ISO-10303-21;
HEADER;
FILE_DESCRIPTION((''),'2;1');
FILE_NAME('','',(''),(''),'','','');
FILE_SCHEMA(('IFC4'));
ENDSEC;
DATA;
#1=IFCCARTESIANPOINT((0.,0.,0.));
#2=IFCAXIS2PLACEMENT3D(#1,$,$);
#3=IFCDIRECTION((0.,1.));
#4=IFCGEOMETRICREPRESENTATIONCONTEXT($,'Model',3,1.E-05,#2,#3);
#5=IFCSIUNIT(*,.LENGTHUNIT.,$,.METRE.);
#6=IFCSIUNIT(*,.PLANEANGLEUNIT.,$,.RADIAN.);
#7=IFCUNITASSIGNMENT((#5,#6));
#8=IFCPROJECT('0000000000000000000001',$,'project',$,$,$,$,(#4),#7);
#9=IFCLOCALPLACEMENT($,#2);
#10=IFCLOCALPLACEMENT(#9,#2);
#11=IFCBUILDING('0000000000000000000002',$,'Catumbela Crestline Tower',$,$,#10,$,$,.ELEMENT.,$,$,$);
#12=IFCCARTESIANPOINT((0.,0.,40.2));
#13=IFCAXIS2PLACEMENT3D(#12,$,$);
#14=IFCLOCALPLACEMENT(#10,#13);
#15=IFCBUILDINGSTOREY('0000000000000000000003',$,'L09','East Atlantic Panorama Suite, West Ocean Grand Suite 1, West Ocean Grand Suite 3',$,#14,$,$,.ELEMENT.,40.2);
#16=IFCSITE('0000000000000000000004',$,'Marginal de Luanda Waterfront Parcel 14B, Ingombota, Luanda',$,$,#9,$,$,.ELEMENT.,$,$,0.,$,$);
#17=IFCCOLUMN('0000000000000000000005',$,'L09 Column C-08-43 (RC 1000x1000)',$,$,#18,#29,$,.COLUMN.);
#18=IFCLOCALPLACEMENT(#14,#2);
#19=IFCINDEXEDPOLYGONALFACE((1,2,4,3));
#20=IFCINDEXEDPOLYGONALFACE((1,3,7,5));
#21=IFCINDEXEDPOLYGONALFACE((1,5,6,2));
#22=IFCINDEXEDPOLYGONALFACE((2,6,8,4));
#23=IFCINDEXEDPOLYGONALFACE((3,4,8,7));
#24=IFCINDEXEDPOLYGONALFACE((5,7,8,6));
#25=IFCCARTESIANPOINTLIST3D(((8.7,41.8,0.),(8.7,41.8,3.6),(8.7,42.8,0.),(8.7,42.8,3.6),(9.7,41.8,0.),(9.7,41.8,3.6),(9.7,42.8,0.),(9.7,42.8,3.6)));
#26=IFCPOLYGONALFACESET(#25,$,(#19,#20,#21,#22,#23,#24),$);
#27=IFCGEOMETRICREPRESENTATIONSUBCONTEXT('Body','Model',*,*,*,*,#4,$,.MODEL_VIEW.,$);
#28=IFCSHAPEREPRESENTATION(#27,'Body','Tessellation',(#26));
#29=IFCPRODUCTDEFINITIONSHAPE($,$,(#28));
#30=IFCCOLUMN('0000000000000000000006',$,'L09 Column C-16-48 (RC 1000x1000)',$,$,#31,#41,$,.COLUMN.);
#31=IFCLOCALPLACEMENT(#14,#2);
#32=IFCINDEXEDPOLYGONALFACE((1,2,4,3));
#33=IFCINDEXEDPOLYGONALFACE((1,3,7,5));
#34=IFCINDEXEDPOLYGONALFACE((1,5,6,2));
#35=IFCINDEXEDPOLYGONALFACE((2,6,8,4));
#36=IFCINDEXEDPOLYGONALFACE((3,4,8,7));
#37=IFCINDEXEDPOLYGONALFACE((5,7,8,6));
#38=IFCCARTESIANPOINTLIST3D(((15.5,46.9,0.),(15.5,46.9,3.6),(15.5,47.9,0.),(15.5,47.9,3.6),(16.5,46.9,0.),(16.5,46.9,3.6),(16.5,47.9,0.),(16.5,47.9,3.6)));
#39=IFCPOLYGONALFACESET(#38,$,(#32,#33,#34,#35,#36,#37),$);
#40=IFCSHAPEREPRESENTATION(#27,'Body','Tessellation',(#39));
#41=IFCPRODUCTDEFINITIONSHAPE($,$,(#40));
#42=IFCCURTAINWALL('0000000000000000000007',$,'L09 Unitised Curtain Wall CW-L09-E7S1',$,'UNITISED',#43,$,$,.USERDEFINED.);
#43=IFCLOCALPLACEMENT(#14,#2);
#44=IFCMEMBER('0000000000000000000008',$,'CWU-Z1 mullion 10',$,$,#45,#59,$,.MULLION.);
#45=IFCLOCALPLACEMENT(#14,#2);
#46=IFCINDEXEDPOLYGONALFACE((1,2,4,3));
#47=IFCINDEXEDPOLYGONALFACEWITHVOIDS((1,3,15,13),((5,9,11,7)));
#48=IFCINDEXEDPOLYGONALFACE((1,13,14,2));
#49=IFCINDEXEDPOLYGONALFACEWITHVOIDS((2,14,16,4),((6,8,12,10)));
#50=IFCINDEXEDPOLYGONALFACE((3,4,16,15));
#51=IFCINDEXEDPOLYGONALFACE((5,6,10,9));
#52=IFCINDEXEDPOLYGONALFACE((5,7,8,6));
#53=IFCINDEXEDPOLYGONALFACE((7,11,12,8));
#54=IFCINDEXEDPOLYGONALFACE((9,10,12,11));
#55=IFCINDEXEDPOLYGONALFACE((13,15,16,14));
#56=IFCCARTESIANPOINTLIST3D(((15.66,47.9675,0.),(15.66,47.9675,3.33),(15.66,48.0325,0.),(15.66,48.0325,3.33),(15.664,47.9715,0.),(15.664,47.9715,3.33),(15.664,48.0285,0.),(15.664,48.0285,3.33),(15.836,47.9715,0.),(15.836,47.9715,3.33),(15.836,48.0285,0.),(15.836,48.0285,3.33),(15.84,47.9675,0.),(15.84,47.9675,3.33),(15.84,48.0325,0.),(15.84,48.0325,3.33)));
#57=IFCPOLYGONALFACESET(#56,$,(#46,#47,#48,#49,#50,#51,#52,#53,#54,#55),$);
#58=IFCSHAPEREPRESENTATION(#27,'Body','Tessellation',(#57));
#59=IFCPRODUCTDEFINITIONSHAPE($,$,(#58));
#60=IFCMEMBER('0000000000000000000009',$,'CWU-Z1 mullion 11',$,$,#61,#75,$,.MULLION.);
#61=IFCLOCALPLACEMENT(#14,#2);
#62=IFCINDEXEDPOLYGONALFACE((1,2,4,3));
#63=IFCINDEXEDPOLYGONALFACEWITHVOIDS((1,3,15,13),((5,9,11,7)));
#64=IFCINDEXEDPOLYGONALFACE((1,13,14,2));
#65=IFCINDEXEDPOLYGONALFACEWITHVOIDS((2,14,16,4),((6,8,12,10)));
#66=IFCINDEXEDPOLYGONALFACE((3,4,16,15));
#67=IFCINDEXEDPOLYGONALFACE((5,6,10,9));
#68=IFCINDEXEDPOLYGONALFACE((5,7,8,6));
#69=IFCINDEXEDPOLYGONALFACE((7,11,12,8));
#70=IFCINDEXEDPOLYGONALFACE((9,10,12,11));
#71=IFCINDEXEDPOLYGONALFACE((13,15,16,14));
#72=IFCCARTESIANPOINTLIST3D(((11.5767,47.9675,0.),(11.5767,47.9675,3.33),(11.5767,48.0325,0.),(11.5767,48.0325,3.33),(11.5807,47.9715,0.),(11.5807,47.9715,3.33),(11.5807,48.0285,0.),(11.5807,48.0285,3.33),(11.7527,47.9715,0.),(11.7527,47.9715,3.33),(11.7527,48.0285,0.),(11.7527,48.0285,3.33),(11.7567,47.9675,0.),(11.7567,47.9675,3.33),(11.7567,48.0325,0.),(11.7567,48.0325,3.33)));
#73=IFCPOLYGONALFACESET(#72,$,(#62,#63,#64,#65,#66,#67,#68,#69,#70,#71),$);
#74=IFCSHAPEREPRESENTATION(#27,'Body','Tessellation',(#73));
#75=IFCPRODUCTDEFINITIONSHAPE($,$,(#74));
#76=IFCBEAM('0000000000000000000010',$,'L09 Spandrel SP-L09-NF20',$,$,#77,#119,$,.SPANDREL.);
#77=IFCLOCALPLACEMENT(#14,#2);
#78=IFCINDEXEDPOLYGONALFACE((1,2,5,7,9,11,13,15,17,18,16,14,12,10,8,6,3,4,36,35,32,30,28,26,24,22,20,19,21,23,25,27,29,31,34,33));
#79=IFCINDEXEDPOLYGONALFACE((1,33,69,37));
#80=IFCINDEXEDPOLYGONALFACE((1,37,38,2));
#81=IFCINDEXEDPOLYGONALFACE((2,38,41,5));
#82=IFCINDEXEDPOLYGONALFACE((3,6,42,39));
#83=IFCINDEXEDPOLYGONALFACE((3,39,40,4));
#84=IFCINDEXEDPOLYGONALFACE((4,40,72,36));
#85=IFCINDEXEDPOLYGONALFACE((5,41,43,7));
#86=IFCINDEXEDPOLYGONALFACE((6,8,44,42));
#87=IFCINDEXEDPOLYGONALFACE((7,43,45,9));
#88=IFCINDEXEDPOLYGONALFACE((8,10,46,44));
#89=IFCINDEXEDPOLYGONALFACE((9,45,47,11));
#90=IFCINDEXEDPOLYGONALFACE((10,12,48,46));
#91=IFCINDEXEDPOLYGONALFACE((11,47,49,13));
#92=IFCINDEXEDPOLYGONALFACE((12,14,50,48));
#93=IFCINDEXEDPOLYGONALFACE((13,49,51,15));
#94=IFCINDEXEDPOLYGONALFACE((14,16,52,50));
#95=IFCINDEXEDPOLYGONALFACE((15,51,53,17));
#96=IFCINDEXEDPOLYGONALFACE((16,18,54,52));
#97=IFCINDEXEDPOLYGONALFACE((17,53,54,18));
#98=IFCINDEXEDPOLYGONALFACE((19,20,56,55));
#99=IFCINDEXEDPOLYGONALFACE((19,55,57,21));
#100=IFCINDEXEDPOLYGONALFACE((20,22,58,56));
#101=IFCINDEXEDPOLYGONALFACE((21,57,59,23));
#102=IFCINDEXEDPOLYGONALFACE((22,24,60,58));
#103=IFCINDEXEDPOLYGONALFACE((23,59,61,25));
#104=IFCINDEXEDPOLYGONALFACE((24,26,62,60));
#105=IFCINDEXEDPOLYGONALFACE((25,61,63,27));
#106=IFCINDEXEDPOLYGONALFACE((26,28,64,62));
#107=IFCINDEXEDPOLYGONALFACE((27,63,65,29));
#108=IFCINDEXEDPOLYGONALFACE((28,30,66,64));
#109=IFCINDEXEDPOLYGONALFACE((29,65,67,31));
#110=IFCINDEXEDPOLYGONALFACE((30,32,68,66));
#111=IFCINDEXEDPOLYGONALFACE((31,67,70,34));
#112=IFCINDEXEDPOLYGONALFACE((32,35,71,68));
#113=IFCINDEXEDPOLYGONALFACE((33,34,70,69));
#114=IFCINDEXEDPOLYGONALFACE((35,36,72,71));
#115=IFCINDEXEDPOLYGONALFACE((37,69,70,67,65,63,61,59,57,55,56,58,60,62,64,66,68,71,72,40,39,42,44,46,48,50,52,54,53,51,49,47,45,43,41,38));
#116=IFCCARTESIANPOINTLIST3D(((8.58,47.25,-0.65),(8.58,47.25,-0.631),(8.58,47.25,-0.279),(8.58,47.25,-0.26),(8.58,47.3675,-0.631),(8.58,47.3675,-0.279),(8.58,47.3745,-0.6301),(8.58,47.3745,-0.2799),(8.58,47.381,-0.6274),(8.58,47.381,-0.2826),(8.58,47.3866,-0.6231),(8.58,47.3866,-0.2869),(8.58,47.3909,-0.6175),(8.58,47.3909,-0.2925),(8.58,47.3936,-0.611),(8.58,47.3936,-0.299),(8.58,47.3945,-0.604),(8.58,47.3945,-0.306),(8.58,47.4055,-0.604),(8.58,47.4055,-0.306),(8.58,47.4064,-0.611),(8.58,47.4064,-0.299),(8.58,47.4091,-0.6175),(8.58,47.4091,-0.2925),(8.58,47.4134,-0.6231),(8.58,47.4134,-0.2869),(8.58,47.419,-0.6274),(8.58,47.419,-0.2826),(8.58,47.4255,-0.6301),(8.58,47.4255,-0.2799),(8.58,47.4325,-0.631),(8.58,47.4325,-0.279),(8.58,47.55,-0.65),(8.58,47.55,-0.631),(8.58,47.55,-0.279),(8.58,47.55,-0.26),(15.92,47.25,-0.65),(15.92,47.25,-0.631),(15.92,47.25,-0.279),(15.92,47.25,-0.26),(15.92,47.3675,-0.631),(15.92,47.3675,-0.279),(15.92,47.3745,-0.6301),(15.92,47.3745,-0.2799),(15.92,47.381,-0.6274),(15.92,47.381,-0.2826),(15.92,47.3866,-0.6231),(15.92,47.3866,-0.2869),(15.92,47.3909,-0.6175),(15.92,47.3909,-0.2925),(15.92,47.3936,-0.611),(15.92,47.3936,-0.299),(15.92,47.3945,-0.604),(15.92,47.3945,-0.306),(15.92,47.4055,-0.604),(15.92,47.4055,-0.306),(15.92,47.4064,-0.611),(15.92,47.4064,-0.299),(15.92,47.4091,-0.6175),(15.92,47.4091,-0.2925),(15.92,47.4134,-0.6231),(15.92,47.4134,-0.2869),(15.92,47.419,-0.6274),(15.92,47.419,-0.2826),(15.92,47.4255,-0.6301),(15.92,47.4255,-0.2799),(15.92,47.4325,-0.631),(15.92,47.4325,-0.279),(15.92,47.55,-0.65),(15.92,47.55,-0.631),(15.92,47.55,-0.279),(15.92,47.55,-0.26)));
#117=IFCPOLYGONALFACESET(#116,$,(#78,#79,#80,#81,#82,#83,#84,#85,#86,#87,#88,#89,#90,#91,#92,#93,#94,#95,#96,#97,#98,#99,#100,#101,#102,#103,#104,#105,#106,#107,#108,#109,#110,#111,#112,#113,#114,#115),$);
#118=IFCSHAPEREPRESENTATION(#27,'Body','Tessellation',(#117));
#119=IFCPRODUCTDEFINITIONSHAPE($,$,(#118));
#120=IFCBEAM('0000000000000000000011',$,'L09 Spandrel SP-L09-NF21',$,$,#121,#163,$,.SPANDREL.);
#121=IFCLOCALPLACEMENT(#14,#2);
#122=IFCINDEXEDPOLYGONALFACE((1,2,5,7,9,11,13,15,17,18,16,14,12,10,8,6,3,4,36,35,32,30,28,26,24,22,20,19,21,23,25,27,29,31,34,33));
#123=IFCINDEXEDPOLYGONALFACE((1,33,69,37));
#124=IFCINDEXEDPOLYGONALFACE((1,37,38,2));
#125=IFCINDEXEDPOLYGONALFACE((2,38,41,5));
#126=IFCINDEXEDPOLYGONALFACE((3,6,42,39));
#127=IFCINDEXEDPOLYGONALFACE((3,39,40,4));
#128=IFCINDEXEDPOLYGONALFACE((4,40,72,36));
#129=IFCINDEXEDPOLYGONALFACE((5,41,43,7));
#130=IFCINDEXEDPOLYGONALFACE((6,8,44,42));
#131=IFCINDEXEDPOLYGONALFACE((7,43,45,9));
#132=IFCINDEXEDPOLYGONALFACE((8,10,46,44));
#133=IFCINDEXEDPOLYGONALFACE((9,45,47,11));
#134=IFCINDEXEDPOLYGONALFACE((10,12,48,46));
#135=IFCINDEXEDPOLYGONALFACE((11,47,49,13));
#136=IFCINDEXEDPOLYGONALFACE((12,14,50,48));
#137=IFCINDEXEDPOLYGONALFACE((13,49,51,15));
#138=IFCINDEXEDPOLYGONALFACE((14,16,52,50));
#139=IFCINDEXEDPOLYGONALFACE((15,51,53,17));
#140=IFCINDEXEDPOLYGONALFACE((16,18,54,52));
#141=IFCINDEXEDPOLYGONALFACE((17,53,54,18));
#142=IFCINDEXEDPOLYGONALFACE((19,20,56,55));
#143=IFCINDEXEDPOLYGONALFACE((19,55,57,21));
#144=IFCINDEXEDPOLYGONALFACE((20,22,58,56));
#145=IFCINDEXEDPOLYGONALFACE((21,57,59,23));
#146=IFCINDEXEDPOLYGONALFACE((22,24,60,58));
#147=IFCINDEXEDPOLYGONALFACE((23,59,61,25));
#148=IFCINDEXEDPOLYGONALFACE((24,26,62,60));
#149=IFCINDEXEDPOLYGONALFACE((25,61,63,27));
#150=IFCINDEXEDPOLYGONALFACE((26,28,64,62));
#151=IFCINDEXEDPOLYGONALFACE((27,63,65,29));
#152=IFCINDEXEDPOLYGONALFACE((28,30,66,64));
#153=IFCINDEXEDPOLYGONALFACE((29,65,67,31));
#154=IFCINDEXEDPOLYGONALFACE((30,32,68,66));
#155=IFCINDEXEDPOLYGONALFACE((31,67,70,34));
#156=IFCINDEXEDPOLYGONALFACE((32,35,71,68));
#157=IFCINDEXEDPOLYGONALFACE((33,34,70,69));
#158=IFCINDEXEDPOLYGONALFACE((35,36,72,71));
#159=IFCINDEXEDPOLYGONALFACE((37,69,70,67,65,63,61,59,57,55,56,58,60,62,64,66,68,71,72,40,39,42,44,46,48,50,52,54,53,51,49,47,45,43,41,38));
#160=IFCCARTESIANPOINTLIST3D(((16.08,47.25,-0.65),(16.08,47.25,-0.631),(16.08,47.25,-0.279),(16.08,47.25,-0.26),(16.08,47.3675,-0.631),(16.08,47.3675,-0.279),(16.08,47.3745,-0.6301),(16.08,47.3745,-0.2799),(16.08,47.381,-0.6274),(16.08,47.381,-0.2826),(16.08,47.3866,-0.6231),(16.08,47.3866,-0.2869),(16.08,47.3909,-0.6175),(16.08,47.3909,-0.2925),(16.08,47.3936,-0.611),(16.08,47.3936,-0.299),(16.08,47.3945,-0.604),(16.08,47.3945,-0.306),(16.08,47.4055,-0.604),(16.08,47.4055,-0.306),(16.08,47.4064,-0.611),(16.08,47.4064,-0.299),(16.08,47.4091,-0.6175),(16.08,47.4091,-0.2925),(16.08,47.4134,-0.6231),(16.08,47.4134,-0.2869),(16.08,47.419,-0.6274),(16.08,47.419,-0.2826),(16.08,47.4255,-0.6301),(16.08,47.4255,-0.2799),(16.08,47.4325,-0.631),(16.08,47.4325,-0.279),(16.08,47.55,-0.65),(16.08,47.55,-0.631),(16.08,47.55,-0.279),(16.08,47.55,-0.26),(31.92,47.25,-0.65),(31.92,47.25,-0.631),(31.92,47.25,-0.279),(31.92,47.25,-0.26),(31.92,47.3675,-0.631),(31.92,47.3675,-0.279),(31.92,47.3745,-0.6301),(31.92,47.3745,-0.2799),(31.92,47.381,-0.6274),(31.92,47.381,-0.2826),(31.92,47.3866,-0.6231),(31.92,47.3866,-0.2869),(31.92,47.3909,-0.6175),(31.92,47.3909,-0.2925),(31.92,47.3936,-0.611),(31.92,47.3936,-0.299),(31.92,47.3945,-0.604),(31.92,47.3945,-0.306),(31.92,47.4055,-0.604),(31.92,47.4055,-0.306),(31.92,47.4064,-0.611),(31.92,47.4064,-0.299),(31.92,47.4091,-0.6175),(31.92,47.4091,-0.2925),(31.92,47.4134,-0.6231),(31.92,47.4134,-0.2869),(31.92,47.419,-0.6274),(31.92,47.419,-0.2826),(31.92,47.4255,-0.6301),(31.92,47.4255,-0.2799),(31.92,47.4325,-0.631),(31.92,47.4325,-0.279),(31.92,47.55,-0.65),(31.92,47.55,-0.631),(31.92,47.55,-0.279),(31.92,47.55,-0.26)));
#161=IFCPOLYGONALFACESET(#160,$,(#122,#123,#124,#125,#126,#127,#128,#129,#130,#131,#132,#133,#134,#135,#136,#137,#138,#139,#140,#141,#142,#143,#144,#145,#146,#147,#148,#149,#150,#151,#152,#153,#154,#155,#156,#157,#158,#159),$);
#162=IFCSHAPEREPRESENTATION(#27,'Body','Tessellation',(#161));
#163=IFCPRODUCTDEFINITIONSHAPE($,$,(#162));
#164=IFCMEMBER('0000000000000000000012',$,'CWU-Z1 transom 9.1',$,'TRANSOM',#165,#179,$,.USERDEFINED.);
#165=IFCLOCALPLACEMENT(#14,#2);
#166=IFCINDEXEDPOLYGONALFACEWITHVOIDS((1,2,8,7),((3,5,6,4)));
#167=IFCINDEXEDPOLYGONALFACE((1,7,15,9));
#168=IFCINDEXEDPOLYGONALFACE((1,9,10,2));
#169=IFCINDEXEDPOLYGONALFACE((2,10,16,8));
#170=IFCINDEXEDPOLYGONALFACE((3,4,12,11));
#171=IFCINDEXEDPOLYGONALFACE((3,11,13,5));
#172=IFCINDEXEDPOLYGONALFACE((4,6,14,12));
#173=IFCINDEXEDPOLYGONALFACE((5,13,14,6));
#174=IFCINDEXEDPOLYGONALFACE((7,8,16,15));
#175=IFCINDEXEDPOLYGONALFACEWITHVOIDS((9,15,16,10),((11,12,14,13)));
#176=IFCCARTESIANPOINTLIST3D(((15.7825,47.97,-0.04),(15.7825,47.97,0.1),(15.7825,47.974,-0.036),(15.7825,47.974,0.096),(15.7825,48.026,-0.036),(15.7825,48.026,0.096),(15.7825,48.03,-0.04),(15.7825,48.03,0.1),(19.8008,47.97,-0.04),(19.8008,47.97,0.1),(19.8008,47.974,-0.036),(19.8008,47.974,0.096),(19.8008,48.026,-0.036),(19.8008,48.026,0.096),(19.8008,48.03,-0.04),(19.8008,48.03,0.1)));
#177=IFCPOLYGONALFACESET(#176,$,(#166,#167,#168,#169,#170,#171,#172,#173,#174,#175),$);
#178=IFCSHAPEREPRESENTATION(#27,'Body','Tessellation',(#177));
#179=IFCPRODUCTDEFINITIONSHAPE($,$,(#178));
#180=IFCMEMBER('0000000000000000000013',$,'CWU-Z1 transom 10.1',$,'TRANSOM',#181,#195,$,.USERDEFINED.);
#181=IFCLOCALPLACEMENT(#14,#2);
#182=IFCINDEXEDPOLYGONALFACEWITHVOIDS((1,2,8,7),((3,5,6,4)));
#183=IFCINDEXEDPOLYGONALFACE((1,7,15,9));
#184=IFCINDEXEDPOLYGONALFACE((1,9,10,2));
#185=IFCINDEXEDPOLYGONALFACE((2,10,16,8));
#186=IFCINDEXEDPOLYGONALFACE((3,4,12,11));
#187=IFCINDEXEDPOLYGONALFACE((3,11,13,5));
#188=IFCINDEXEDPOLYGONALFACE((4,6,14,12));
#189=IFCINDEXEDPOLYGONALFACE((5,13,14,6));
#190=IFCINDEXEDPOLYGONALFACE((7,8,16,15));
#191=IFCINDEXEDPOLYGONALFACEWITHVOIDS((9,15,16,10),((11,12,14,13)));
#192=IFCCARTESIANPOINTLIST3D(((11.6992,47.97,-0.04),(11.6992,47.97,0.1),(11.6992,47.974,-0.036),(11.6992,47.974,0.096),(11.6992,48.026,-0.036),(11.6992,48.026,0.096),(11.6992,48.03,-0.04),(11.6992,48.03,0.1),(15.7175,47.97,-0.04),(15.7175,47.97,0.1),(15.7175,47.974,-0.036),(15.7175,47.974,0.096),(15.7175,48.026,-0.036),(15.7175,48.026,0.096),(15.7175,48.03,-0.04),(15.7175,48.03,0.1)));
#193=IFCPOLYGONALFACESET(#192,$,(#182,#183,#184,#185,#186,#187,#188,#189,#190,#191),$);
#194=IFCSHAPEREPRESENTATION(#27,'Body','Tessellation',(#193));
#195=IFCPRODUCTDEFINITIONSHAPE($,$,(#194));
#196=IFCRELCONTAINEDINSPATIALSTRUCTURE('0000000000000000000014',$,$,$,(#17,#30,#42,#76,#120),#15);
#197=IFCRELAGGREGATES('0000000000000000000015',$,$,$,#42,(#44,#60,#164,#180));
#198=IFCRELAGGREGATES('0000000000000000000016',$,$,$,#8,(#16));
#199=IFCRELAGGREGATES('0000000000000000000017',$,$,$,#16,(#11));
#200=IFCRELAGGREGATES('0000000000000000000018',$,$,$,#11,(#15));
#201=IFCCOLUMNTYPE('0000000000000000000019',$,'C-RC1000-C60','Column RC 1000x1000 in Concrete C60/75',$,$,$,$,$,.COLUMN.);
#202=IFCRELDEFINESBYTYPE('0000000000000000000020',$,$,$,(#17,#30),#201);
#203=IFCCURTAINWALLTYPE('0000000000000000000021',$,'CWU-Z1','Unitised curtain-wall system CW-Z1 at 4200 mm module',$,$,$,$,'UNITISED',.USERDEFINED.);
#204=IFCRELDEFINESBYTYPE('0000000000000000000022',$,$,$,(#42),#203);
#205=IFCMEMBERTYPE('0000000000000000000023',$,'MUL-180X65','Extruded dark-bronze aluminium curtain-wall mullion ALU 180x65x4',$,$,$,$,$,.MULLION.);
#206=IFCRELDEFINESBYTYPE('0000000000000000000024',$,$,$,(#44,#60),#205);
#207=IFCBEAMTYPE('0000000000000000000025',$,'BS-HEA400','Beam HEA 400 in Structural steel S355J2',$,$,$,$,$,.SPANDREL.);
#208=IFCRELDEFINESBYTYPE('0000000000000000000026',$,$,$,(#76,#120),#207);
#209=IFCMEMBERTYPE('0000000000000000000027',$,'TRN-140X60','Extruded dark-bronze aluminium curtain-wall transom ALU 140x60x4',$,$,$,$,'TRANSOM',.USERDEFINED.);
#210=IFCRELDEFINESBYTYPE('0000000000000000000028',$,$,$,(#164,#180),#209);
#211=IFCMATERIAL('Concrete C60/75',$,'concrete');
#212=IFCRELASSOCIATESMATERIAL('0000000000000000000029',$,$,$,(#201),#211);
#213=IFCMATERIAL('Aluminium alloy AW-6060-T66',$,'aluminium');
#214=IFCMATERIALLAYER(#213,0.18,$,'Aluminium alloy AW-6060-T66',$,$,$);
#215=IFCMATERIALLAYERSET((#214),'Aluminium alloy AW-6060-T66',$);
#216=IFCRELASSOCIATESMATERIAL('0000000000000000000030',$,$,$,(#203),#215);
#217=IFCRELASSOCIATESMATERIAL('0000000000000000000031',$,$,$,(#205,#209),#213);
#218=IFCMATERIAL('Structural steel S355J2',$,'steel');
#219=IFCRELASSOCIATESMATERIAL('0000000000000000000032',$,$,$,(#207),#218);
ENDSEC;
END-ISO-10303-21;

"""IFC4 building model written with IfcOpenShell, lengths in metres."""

from ifc_helpers import new_model, si_unit, direction, frame, origin, origin_2d, place, context, subcontext, project, spatial, rectangle, hollow_rectangle, i_section, extrude, material, layer, layer_set, material_profile, profile_set, type_object, element, aggregate, save


model = new_model("IFC4")

# Units and contexts
model_context = context("Model", 3, precision=1e-05, world=origin(), true_north=direction((0.0, 1.0)))
body_context = subcontext(model_context, "Body", "Model", "MODEL_VIEW")
ifc_project = project(units=[si_unit("LENGTHUNIT", "METRE"), si_unit("PLANEANGLEUNIT", "RADIAN")], contexts=[model_context])

# Site, building, storey
site_placement = place(None, origin())
site = spatial("IfcSite", under=ifc_project, at=site_placement, Name="Marginal de Luanda Waterfront Parcel 14B, Ingombota, Luanda", CompositionType="ELEMENT", RefElevation=0.0)
building_placement = place(site_placement, origin())
building = spatial("IfcBuilding", under=site, at=building_placement, Name="Catumbela Crestline Tower", CompositionType="ELEMENT")
storey_placement = place(building_placement, frame((0.0, 0.0, 40.2)))
storey = spatial("IfcBuildingStorey", under=building, at=storey_placement, Name="L09", Description="East Atlantic Panorama Suite, West Ocean Grand Suite 1, West Ocean Grand Suite 3", CompositionType="ELEMENT", Elevation=40.2)

# Columns
ifc_material_1 = material(Name="Concrete C60/75", Category="concrete")
ifc_material_profile_1 = material_profile(ifc_material_1, rectangle(XDim=1.0, YDim=1.0, at=origin_2d()), Name="RC 1000x1000")
ifc_profile_set_1 = profile_set([ifc_material_profile_1], Name="Concrete C60/75")
column_type = type_object("IfcColumnType", Name="C-RC1000-C60", Description="Column RC 1000x1000 in Concrete C60/75", PredefinedType="COLUMN", material=ifc_profile_set_1)
for number, where, z_axis, x_axis, name in (
    (1, (9.2, 42.3, 0.0), (0.0, 0.0, 1.0), (1.0, 0.0, 0.0), "L09 Column C-08-43 (RC 1000x1000)"),
    (2, (16.0, 47.4, 0.0), (0.0, 0.0, 1.0), (1.0, 0.0, 0.0), "L09 Column C-16-48 (RC 1000x1000)"),
):
    element("IfcColumn", number, at=place(storey_placement, frame(where, z_axis=z_axis, x_axis=x_axis)), inside=storey, type_object=column_type, Name=name, PredefinedType="COLUMN", context=body_context, shape_type="SweptSolid", body=[
        extrude(rectangle(XDim=1.0, YDim=1.0, at=origin_2d()), origin(), (0.0, 0.0, 1.0), 3.6),
    ])

# Curtain wall, members
ifc_material_2 = material(Name="Aluminium alloy AW-6060-T66", Category="aluminium")
ifc_layer_1 = layer(ifc_material_2, 0.18, Name="Aluminium alloy AW-6060-T66")
ifc_layer_set_1 = layer_set([ifc_layer_1], Name="Aluminium alloy AW-6060-T66")
curtain_wall_type = type_object("IfcCurtainWallType", Name="CWU-Z1", Description="Unitised curtain-wall system CW-Z1 at 4200 mm module", ElementType="UNITISED", PredefinedType="USERDEFINED", material=ifc_layer_set_1)
curtain_wall_placement = place(storey_placement, origin())
curtain_wall = element("IfcCurtainWall", 3, at=curtain_wall_placement, inside=storey, type_object=curtain_wall_type, Name="L09 Unitised Curtain Wall CW-L09-E7S1", ObjectType="UNITISED", PredefinedType="USERDEFINED")
ifc_material_profile_2 = material_profile(ifc_material_2, hollow_rectangle(XDim=0.065, YDim=0.18, WallThickness=0.004, at=origin_2d()), Name="ALU 180x65x4")
ifc_profile_set_2 = profile_set([ifc_material_profile_2], Name="Aluminium alloy AW-6060-T66")
member_type_1 = type_object("IfcMemberType", Name="MUL-180X65", Description="Extruded dark-bronze aluminium curtain-wall mullion ALU 180x65x4", PredefinedType="MULLION", material=ifc_profile_set_2)
member_1_placement = place(storey_placement, frame((15.75, 48.0, 0.0), z_axis=(0.0, 0.0, 1.0), x_axis=(0.0, -1.0, 0.0)))
member_1 = element("IfcMember", 4, at=member_1_placement, type_object=member_type_1, Name="CWU-Z1 mullion 10", PredefinedType="MULLION", context=body_context, shape_type="SweptSolid", body=[
    extrude(hollow_rectangle(XDim=0.065, YDim=0.18, WallThickness=0.004, at=origin_2d()), origin(), (0.0, 0.0, 1.0), 3.33),
])
member_2_placement = place(storey_placement, frame((11.6667, 48.0, 0.0), z_axis=(0.0, 0.0, 1.0), x_axis=(0.0, -1.0, 0.0)))
member_2 = element("IfcMember", 5, at=member_2_placement, type_object=member_type_1, Name="CWU-Z1 mullion 11", PredefinedType="MULLION", context=body_context, shape_type="SweptSolid", body=[
    extrude(hollow_rectangle(XDim=0.065, YDim=0.18, WallThickness=0.004, at=origin_2d()), origin(), (0.0, 0.0, 1.0), 3.33),
])

# Beams
ifc_material_3 = material(Name="Structural steel S355J2", Category="steel")
ifc_material_profile_3 = material_profile(ifc_material_3, i_section(OverallWidth=0.3, OverallDepth=0.39, WebThickness=0.011, FlangeThickness=0.019, FilletRadius=0.027, at=origin_2d()), Name="HEA 400")
ifc_profile_set_3 = profile_set([ifc_material_profile_3], Name="Structural steel S355J2")
beam_type = type_object("IfcBeamType", Name="BS-HEA400", Description="Beam HEA 400 in Structural steel S355J2", PredefinedType="SPANDREL", material=ifc_profile_set_3)
beam_1_placement = place(storey_placement, frame((8.58, 47.4, -0.455), z_axis=(1.0, 0.0, 0.0), x_axis=(0.0, 1.0, 0.0)))
element("IfcBeam", 6, at=beam_1_placement, inside=storey, type_object=beam_type, Name="L09 Spandrel SP-L09-NF20", PredefinedType="SPANDREL", context=body_context, shape_type="SweptSolid", body=[
    extrude(i_section(OverallWidth=0.3, OverallDepth=0.39, WebThickness=0.011, FlangeThickness=0.019, FilletRadius=0.027, at=origin_2d()), origin(), (0.0, 0.0, 1.0), 7.34),
])
beam_2_placement = place(storey_placement, frame((16.08, 47.4, -0.455), z_axis=(1.0, 0.0, 0.0), x_axis=(0.0, 1.0, 0.0)))
element("IfcBeam", 7, at=beam_2_placement, inside=storey, type_object=beam_type, Name="L09 Spandrel SP-L09-NF21", PredefinedType="SPANDREL", context=body_context, shape_type="SweptSolid", body=[
    extrude(i_section(OverallWidth=0.3, OverallDepth=0.39, WebThickness=0.011, FlangeThickness=0.019, FilletRadius=0.027, at=origin_2d()), origin(), (0.0, 0.0, 1.0), 15.84),
])

# Members
ifc_material_profile_4 = material_profile(ifc_material_2, hollow_rectangle(XDim=0.06, YDim=0.14, WallThickness=0.004, at=origin_2d()), Name="ALU 140x60x4")
ifc_profile_set_4 = profile_set([ifc_material_profile_4], Name="Aluminium alloy AW-6060-T66")
member_type_2 = type_object("IfcMemberType", Name="TRN-140X60", Description="Extruded dark-bronze aluminium curtain-wall transom ALU 140x60x4", ElementType="TRANSOM", PredefinedType="USERDEFINED", material=ifc_profile_set_4)
member_3_placement = place(storey_placement, frame((19.8008, 48.0, 0.03), z_axis=(-1.0, 0.0, 0.0), x_axis=(0.0, -1.0, 0.0)))
member_3 = element("IfcMember", 8, at=member_3_placement, type_object=member_type_2, Name="CWU-Z1 transom 9.1", ObjectType="TRANSOM", PredefinedType="USERDEFINED", context=body_context, shape_type="SweptSolid", body=[
    extrude(hollow_rectangle(XDim=0.06, YDim=0.14, WallThickness=0.004, at=origin_2d()), origin(), (0.0, 0.0, 1.0), 4.0183),
])
member_4_placement = place(storey_placement, frame((15.7175, 48.0, 0.03), z_axis=(-1.0, 0.0, 0.0), x_axis=(0.0, -1.0, 0.0)))
member_4 = element("IfcMember", 9, at=member_4_placement, type_object=member_type_2, Name="CWU-Z1 transom 10.1", ObjectType="TRANSOM", PredefinedType="USERDEFINED", context=body_context, shape_type="SweptSolid", body=[
    extrude(hollow_rectangle(XDim=0.06, YDim=0.14, WallThickness=0.004, at=origin_2d()), origin(), (0.0, 0.0, 1.0), 4.0183),
])

aggregate(curtain_wall, [member_1, member_2, member_3, member_4])

save(model, "model.ifc")
